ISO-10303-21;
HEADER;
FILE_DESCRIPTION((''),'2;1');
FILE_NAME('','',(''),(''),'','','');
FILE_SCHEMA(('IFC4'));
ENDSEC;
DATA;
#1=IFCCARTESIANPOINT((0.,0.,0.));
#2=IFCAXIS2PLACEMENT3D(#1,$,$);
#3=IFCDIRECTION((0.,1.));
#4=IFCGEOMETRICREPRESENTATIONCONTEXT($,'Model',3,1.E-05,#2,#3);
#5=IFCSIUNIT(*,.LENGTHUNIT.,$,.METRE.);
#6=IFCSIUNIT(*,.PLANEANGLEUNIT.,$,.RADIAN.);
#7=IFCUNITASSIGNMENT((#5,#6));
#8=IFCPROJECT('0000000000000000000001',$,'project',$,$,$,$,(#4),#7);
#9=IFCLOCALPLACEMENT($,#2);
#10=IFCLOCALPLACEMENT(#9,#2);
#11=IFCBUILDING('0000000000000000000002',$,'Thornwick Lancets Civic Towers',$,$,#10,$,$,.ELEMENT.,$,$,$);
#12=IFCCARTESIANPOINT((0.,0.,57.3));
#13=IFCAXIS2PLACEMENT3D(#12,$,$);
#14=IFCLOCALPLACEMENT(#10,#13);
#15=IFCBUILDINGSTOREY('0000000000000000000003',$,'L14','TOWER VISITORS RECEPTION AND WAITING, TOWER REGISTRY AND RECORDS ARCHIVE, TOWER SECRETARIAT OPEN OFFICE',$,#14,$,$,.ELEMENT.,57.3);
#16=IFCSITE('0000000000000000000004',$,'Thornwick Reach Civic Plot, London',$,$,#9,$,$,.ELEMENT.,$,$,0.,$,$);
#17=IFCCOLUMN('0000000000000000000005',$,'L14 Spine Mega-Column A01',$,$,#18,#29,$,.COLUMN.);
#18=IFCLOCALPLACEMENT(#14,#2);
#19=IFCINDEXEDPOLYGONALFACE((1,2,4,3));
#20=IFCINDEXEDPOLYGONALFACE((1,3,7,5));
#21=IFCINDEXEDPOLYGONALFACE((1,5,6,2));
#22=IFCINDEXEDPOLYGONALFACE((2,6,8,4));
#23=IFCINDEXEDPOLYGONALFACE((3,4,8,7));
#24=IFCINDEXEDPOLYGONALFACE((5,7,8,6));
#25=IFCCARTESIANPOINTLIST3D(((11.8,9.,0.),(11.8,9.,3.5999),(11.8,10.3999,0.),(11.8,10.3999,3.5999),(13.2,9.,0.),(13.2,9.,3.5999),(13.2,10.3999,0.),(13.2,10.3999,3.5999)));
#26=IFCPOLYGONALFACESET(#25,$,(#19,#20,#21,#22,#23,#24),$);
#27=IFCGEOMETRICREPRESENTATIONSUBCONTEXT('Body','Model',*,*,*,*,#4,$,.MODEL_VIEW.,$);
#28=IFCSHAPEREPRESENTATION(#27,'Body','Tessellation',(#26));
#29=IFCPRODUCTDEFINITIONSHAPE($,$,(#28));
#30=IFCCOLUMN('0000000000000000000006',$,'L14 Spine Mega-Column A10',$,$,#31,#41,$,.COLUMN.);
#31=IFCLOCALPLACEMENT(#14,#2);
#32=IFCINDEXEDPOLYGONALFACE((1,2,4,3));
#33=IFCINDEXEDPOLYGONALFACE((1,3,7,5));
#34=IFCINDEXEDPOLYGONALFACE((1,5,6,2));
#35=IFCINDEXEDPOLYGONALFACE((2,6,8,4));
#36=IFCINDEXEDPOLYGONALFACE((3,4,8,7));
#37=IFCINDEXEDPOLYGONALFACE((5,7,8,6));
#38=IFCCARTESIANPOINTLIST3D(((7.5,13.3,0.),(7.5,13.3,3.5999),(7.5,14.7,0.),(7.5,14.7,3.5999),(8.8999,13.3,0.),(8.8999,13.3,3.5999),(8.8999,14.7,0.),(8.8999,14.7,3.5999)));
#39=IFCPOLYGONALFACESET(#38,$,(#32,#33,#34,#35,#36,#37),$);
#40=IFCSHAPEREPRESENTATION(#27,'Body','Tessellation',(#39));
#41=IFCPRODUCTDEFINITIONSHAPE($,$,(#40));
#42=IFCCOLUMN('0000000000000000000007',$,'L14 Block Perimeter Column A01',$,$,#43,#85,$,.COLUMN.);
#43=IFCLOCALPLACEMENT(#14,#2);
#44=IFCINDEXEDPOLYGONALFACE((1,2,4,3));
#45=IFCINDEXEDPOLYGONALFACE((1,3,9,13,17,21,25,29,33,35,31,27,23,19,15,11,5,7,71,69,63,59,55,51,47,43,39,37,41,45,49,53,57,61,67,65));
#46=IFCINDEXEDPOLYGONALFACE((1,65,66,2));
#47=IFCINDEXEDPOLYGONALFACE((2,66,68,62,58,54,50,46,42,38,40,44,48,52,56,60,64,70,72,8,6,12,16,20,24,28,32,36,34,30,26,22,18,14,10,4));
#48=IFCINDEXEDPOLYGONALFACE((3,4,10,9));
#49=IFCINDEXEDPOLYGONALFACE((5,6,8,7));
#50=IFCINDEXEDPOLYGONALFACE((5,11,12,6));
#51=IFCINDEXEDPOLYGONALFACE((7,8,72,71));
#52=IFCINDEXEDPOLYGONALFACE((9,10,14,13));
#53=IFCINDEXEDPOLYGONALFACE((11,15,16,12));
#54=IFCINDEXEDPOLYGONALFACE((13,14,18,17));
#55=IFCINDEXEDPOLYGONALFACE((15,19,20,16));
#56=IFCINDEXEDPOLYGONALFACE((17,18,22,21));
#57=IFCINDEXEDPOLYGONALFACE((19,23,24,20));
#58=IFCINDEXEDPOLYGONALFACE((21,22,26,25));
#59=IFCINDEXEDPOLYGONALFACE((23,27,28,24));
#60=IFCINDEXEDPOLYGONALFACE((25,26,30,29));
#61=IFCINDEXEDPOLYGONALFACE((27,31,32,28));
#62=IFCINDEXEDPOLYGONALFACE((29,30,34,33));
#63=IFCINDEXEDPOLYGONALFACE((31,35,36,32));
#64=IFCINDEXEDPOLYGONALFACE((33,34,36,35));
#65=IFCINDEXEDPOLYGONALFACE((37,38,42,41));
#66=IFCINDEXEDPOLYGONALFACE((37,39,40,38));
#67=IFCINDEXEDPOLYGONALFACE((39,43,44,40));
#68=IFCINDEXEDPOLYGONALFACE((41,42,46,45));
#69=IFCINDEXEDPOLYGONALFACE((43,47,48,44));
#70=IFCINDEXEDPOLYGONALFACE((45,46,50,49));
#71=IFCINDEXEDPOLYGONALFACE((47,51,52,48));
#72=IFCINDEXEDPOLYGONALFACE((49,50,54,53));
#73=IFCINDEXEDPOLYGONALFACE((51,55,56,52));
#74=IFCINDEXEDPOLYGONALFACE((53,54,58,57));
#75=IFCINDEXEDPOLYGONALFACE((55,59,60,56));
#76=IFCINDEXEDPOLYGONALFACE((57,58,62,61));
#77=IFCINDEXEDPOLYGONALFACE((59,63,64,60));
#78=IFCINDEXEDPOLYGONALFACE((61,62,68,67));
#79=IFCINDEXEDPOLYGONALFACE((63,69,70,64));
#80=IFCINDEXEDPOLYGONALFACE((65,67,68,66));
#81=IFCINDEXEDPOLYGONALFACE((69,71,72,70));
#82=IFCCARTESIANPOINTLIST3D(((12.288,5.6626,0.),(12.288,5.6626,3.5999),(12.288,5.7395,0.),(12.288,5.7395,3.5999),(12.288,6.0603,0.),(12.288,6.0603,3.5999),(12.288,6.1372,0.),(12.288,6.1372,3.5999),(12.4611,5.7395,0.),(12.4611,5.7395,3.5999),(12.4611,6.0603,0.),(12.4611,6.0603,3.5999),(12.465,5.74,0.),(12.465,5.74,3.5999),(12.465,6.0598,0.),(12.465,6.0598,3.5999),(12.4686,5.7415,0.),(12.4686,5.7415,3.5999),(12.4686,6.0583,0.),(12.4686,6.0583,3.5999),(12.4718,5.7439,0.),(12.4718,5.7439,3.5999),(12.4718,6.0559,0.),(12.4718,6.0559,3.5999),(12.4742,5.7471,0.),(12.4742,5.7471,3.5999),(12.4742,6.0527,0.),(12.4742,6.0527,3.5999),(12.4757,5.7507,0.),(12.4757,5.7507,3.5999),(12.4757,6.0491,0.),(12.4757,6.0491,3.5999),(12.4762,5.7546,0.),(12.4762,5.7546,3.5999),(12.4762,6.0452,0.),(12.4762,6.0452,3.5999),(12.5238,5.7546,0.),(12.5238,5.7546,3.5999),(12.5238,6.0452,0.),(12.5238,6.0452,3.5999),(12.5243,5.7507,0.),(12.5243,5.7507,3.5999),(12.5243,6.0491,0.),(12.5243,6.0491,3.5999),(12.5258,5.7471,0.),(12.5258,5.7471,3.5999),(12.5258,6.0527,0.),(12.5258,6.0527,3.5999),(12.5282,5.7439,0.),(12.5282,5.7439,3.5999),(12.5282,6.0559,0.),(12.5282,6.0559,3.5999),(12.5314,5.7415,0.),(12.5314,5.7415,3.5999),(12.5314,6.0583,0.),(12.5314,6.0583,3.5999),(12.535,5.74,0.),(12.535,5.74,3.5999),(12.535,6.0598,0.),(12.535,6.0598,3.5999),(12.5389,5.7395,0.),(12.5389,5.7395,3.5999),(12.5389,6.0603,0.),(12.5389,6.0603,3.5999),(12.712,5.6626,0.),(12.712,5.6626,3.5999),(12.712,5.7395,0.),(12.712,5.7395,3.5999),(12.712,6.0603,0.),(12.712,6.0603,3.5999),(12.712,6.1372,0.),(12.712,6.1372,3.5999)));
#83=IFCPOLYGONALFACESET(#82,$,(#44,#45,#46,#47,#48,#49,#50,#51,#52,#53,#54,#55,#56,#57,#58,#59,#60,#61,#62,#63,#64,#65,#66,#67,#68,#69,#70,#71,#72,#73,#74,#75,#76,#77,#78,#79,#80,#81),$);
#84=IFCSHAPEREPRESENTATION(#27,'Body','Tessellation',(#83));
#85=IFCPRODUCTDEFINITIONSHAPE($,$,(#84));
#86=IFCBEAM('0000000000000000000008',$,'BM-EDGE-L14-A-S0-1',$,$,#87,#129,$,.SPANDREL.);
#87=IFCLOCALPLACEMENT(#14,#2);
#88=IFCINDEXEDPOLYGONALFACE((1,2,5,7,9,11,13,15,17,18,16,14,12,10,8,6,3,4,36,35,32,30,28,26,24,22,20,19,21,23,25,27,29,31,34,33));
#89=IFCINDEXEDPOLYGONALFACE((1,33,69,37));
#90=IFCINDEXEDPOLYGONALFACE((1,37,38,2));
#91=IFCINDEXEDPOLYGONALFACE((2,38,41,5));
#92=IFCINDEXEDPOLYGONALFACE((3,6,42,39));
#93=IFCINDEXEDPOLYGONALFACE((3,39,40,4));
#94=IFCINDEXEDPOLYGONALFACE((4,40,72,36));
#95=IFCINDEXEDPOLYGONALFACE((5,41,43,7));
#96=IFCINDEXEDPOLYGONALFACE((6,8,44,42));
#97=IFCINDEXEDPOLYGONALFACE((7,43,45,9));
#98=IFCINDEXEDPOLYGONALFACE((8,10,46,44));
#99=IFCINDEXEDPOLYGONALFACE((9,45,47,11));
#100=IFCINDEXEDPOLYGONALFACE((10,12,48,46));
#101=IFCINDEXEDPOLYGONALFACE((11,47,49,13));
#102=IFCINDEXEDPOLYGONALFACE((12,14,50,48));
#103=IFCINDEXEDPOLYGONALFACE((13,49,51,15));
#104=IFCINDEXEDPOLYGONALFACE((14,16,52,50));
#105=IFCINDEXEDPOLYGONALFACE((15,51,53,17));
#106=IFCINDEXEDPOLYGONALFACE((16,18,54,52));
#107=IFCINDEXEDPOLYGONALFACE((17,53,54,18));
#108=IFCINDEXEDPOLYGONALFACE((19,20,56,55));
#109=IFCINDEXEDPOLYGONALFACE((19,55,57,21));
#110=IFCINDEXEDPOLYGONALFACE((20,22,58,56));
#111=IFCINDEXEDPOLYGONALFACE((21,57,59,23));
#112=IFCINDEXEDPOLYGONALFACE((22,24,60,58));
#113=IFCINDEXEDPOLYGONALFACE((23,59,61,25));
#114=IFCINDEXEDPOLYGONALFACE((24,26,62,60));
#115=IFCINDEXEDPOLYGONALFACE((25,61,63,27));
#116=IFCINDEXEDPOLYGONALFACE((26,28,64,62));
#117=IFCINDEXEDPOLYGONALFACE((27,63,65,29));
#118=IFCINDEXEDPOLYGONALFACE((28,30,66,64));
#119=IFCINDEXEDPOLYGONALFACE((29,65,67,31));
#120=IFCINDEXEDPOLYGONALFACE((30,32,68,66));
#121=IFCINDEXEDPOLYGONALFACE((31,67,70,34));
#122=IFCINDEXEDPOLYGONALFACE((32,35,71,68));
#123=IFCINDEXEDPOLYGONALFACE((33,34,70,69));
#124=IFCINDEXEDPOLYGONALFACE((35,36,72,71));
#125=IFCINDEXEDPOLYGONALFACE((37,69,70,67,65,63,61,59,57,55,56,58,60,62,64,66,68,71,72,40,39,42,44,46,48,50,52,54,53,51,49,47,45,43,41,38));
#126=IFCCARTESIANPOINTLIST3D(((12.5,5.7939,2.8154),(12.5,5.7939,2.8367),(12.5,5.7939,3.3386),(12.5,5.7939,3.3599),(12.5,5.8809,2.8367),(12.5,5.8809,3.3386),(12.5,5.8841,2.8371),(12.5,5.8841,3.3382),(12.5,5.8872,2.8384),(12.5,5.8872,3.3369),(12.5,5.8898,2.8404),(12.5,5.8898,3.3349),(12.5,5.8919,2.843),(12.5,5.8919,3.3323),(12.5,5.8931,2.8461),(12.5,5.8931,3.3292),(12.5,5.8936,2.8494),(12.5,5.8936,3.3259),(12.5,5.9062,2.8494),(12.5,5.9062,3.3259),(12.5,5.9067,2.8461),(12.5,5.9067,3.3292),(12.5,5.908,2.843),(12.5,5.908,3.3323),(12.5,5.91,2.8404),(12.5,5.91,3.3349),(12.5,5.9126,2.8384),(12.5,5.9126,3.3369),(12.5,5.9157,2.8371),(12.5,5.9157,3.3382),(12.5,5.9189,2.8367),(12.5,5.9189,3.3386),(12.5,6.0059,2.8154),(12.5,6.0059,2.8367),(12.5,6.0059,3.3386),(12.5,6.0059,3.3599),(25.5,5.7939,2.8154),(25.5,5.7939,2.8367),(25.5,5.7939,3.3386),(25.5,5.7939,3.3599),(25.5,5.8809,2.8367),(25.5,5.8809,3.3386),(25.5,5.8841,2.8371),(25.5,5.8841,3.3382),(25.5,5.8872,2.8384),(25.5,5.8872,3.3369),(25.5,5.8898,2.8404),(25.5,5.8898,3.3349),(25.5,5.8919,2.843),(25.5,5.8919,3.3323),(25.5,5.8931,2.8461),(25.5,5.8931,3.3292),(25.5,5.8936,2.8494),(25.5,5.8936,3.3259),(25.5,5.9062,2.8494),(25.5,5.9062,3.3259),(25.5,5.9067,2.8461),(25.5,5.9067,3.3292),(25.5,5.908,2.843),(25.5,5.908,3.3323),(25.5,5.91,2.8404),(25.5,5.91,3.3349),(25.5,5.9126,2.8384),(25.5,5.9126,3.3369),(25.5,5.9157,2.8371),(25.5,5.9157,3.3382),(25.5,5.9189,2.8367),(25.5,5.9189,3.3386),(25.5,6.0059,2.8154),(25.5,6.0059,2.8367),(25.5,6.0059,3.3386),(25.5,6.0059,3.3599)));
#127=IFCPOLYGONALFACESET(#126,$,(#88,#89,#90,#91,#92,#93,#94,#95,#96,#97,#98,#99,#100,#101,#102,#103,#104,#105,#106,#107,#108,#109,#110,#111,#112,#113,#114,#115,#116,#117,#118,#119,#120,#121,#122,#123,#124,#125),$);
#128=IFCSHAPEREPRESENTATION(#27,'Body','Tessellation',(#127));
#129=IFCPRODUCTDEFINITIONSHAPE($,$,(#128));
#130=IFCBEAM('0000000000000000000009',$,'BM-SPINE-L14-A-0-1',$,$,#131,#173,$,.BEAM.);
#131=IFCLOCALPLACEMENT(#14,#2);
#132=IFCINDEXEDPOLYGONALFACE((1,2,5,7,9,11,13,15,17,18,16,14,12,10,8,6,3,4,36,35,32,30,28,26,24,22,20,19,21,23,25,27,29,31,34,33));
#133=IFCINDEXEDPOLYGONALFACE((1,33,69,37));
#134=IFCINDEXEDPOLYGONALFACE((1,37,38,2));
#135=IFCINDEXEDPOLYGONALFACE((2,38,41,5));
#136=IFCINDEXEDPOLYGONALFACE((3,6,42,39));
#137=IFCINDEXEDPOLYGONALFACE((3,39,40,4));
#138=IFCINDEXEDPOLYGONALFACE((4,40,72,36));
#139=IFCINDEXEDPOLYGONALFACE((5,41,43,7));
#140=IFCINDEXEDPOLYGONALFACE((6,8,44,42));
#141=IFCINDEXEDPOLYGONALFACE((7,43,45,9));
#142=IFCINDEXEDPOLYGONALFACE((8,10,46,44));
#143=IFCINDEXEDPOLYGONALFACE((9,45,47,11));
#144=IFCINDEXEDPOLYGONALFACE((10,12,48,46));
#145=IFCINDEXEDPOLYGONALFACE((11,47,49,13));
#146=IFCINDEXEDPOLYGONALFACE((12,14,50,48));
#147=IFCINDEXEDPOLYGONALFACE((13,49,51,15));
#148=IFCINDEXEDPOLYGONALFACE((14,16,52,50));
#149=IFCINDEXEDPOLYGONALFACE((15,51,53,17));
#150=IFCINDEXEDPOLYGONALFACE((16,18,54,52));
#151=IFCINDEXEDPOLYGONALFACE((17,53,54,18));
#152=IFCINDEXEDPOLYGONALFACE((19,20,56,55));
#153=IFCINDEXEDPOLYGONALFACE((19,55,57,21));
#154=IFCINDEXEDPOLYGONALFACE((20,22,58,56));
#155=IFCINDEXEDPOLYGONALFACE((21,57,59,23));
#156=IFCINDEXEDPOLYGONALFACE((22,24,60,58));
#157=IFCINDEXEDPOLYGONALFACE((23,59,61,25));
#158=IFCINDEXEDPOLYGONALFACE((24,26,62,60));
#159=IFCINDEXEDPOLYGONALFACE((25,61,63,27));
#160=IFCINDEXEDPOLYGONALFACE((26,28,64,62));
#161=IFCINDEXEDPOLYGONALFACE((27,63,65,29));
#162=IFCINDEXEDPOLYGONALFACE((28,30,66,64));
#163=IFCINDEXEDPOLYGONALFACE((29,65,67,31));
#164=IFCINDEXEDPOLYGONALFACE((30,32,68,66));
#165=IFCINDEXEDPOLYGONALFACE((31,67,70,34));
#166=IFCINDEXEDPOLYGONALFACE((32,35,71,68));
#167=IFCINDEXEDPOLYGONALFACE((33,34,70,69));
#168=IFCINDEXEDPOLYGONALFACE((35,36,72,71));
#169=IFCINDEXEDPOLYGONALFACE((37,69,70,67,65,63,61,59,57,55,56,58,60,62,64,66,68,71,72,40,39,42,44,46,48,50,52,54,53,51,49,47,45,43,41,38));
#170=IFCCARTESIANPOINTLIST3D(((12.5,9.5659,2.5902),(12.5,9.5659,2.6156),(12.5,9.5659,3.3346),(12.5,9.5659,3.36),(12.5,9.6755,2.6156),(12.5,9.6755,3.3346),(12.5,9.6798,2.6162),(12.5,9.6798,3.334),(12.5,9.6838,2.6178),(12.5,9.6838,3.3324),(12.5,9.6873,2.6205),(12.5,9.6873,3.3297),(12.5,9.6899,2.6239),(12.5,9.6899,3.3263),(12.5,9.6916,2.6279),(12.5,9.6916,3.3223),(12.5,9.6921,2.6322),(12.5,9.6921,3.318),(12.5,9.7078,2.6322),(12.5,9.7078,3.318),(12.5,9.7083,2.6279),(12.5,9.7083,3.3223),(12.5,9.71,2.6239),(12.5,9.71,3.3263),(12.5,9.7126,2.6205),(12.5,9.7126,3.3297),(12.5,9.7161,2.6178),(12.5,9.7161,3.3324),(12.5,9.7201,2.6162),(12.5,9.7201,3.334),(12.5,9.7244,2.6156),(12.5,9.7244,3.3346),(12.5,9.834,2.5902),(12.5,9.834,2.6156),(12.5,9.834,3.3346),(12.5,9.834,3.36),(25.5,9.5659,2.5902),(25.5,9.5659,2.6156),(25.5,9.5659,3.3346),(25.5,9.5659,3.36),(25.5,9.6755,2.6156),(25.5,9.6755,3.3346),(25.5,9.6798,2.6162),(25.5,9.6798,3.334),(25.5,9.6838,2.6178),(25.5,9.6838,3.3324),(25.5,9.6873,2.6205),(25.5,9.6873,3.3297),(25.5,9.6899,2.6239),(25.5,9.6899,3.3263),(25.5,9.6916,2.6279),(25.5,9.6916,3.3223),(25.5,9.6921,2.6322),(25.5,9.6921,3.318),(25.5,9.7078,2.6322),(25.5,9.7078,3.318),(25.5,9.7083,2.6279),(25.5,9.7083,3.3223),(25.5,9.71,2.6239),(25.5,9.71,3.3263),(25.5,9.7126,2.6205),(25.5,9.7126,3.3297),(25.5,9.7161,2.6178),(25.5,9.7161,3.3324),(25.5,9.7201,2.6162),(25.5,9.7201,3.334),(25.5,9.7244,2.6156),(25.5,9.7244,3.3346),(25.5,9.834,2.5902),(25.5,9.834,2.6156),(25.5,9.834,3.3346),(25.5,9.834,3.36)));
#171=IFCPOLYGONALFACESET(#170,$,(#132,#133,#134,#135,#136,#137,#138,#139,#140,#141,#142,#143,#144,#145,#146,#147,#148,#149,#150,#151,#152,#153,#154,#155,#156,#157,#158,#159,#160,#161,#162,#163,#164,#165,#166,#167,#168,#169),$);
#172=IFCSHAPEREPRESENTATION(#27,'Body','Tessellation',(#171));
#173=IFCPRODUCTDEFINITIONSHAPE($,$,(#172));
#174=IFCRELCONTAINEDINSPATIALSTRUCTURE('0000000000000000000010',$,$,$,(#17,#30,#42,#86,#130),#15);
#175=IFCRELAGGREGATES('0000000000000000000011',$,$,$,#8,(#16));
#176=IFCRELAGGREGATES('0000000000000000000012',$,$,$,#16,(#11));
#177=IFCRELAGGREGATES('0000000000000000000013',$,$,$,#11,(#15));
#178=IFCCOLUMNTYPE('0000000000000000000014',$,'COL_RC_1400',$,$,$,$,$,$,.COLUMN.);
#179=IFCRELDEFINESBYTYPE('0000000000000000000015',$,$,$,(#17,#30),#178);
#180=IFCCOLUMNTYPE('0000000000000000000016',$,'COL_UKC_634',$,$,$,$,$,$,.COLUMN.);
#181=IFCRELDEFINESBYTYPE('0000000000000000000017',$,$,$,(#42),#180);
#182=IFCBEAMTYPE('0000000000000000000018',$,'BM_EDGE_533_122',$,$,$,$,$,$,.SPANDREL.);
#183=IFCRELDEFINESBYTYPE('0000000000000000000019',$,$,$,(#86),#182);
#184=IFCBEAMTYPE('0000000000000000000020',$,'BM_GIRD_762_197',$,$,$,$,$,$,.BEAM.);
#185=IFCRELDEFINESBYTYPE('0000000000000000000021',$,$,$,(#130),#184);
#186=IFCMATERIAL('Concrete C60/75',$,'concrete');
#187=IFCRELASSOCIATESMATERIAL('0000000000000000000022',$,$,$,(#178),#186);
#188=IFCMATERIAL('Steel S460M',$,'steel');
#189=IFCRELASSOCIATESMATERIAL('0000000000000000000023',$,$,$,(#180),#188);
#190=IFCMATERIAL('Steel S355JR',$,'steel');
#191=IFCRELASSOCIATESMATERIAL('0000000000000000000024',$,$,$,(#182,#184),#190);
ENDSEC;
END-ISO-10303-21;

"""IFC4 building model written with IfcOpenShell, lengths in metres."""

from ifc_helpers import new_model, si_unit, direction, frame, origin, origin_2d, place, context, subcontext, project, spatial, rectangle, i_section, extrude, material, material_profile, profile_set, type_object, element, save


model = new_model("IFC4")

# Units and contexts
model_context = context("Model", 3, precision=1e-05, world=origin(), true_north=direction((0.0, 1.0)))
body_context = subcontext(model_context, "Body", "Model", "MODEL_VIEW")
ifc_project = project(units=[si_unit("LENGTHUNIT", "METRE"), si_unit("PLANEANGLEUNIT", "RADIAN")], contexts=[model_context])

# Site, building, storey
site_placement = place(None, origin())
site = spatial("IfcSite", under=ifc_project, at=site_placement, Name="Thornwick Reach Civic Plot, London", CompositionType="ELEMENT", RefElevation=0.0)
building_placement = place(site_placement, origin())
building = spatial("IfcBuilding", under=site, at=building_placement, Name="Thornwick Lancets Civic Towers", CompositionType="ELEMENT")
storey_placement = place(building_placement, frame((0.0, 0.0, 57.3)))
storey = spatial("IfcBuildingStorey", under=building, at=storey_placement, Name="L14", Description="TOWER VISITORS RECEPTION AND WAITING, TOWER REGISTRY AND RECORDS ARCHIVE, TOWER SECRETARIAT OPEN OFFICE", CompositionType="ELEMENT", Elevation=57.3)

# Columns
ifc_material_1 = material(Name="Concrete C60/75", Category="concrete")
ifc_material_profile_1 = material_profile(ifc_material_1, rectangle(XDim=1.3999, YDim=1.3999, at=origin_2d()), Name="RC 1400x1400")
ifc_profile_set_1 = profile_set([ifc_material_profile_1], Name="Concrete C60/75")
column_type_1 = type_object("IfcColumnType", Name="COL_RC_1400", PredefinedType="COLUMN", material=ifc_profile_set_1)
for number, where, z_axis, x_axis, name in (
    (1, (12.5, 9.7, 0.0), (0.0, 0.0, 1.0), (1.0, 0.0, 0.0), "L14 Spine Mega-Column A01"),
    (2, (8.2, 14.0, 0.0), (0.0, 0.0, 1.0), (1.0, 0.0, 0.0), "L14 Spine Mega-Column A10"),
):
    element("IfcColumn", number, at=place(storey_placement, frame(where, z_axis=z_axis, x_axis=x_axis)), inside=storey, type_object=column_type_1, Name=name, PredefinedType="COLUMN", context=body_context, shape_type="SweptSolid", body=[
        extrude(rectangle(XDim=1.3999, YDim=1.3999, at=origin_2d()), origin(), (0.0, 0.0, 1.0), 3.5999),
    ])
ifc_material_2 = material(Name="Steel S460M", Category="steel")
ifc_material_profile_2 = material_profile(ifc_material_2, i_section(OverallWidth=0.4241, OverallDepth=0.4746, WebThickness=0.0476, FlangeThickness=0.0769, FilletRadius=0.0151, at=origin_2d()), Name="UKC 356x406x634")
ifc_profile_set_2 = profile_set([ifc_material_profile_2], Name="Steel S460M")
column_type_2 = type_object("IfcColumnType", Name="COL_UKC_634", PredefinedType="COLUMN", material=ifc_profile_set_2)
column_placement = place(storey_placement, frame((12.5, 5.8999, 0.0), z_axis=(0.0, 0.0, 1.0), x_axis=(1.0, 0.0, 0.0)))
element("IfcColumn", 3, at=column_placement, inside=storey, type_object=column_type_2, Name="L14 Block Perimeter Column A01", PredefinedType="COLUMN", context=body_context, shape_type="SweptSolid", body=[
    extrude(i_section(OverallWidth=0.4241, OverallDepth=0.4746, WebThickness=0.0476, FlangeThickness=0.0769, FilletRadius=0.0151, at=origin_2d()), origin(), (0.0, 0.0, 1.0), 3.5999),
])

# Beams
ifc_material_3 = material(Name="Steel S355JR", Category="steel")
ifc_material_profile_3 = material_profile(ifc_material_3, i_section(OverallWidth=0.2119, OverallDepth=0.5444, WebThickness=0.0127, FlangeThickness=0.0212, FilletRadius=0.0127, at=origin_2d()), Name="UKB 533x210x122")
ifc_profile_set_3 = profile_set([ifc_material_profile_3], Name="Steel S355JR")
beam_type_1 = type_object("IfcBeamType", Name="BM_EDGE_533_122", PredefinedType="SPANDREL", material=ifc_profile_set_3)
beam_1_placement = place(storey_placement, frame((12.5, 5.8999, 3.0876), z_axis=(1.0, 0.0, 0.0), x_axis=(0.0, 1.0, 0.0)))
element("IfcBeam", 4, at=beam_1_placement, inside=storey, type_object=beam_type_1, Name="BM-EDGE-L14-A-S0-1", PredefinedType="SPANDREL", context=body_context, shape_type="SweptSolid", body=[
    extrude(i_section(OverallWidth=0.2119, OverallDepth=0.5444, WebThickness=0.0127, FlangeThickness=0.0212, FilletRadius=0.0127, at=origin_2d()), origin(), (0.0, 0.0, 1.0), 13.0),
])
ifc_material_profile_4 = material_profile(ifc_material_3, i_section(OverallWidth=0.2681, OverallDepth=0.7698, WebThickness=0.0156, FlangeThickness=0.0254, FilletRadius=0.0166, at=origin_2d()), Name="UKB 762x267x197")
ifc_profile_set_4 = profile_set([ifc_material_profile_4], Name="Steel S355JR")
beam_type_2 = type_object("IfcBeamType", Name="BM_GIRD_762_197", PredefinedType="BEAM", material=ifc_profile_set_4)
for number, where, z_axis, x_axis, name in (
    (5, (12.5, 9.7, 2.9751), (1.0, 0.0, 0.0), (0.0, 1.0, 0.0), "BM-SPINE-L14-A-0-1"),
):
    element("IfcBeam", number, at=place(storey_placement, frame(where, z_axis=z_axis, x_axis=x_axis)), inside=storey, type_object=beam_type_2, Name=name, PredefinedType="BEAM", context=body_context, shape_type="SweptSolid", body=[
        extrude(i_section(OverallWidth=0.2681, OverallDepth=0.7698, WebThickness=0.0156, FlangeThickness=0.0254, FilletRadius=0.0166, at=origin_2d()), origin(), (0.0, 0.0, 1.0), 13.0),
    ])

save(model, "model.ifc")
